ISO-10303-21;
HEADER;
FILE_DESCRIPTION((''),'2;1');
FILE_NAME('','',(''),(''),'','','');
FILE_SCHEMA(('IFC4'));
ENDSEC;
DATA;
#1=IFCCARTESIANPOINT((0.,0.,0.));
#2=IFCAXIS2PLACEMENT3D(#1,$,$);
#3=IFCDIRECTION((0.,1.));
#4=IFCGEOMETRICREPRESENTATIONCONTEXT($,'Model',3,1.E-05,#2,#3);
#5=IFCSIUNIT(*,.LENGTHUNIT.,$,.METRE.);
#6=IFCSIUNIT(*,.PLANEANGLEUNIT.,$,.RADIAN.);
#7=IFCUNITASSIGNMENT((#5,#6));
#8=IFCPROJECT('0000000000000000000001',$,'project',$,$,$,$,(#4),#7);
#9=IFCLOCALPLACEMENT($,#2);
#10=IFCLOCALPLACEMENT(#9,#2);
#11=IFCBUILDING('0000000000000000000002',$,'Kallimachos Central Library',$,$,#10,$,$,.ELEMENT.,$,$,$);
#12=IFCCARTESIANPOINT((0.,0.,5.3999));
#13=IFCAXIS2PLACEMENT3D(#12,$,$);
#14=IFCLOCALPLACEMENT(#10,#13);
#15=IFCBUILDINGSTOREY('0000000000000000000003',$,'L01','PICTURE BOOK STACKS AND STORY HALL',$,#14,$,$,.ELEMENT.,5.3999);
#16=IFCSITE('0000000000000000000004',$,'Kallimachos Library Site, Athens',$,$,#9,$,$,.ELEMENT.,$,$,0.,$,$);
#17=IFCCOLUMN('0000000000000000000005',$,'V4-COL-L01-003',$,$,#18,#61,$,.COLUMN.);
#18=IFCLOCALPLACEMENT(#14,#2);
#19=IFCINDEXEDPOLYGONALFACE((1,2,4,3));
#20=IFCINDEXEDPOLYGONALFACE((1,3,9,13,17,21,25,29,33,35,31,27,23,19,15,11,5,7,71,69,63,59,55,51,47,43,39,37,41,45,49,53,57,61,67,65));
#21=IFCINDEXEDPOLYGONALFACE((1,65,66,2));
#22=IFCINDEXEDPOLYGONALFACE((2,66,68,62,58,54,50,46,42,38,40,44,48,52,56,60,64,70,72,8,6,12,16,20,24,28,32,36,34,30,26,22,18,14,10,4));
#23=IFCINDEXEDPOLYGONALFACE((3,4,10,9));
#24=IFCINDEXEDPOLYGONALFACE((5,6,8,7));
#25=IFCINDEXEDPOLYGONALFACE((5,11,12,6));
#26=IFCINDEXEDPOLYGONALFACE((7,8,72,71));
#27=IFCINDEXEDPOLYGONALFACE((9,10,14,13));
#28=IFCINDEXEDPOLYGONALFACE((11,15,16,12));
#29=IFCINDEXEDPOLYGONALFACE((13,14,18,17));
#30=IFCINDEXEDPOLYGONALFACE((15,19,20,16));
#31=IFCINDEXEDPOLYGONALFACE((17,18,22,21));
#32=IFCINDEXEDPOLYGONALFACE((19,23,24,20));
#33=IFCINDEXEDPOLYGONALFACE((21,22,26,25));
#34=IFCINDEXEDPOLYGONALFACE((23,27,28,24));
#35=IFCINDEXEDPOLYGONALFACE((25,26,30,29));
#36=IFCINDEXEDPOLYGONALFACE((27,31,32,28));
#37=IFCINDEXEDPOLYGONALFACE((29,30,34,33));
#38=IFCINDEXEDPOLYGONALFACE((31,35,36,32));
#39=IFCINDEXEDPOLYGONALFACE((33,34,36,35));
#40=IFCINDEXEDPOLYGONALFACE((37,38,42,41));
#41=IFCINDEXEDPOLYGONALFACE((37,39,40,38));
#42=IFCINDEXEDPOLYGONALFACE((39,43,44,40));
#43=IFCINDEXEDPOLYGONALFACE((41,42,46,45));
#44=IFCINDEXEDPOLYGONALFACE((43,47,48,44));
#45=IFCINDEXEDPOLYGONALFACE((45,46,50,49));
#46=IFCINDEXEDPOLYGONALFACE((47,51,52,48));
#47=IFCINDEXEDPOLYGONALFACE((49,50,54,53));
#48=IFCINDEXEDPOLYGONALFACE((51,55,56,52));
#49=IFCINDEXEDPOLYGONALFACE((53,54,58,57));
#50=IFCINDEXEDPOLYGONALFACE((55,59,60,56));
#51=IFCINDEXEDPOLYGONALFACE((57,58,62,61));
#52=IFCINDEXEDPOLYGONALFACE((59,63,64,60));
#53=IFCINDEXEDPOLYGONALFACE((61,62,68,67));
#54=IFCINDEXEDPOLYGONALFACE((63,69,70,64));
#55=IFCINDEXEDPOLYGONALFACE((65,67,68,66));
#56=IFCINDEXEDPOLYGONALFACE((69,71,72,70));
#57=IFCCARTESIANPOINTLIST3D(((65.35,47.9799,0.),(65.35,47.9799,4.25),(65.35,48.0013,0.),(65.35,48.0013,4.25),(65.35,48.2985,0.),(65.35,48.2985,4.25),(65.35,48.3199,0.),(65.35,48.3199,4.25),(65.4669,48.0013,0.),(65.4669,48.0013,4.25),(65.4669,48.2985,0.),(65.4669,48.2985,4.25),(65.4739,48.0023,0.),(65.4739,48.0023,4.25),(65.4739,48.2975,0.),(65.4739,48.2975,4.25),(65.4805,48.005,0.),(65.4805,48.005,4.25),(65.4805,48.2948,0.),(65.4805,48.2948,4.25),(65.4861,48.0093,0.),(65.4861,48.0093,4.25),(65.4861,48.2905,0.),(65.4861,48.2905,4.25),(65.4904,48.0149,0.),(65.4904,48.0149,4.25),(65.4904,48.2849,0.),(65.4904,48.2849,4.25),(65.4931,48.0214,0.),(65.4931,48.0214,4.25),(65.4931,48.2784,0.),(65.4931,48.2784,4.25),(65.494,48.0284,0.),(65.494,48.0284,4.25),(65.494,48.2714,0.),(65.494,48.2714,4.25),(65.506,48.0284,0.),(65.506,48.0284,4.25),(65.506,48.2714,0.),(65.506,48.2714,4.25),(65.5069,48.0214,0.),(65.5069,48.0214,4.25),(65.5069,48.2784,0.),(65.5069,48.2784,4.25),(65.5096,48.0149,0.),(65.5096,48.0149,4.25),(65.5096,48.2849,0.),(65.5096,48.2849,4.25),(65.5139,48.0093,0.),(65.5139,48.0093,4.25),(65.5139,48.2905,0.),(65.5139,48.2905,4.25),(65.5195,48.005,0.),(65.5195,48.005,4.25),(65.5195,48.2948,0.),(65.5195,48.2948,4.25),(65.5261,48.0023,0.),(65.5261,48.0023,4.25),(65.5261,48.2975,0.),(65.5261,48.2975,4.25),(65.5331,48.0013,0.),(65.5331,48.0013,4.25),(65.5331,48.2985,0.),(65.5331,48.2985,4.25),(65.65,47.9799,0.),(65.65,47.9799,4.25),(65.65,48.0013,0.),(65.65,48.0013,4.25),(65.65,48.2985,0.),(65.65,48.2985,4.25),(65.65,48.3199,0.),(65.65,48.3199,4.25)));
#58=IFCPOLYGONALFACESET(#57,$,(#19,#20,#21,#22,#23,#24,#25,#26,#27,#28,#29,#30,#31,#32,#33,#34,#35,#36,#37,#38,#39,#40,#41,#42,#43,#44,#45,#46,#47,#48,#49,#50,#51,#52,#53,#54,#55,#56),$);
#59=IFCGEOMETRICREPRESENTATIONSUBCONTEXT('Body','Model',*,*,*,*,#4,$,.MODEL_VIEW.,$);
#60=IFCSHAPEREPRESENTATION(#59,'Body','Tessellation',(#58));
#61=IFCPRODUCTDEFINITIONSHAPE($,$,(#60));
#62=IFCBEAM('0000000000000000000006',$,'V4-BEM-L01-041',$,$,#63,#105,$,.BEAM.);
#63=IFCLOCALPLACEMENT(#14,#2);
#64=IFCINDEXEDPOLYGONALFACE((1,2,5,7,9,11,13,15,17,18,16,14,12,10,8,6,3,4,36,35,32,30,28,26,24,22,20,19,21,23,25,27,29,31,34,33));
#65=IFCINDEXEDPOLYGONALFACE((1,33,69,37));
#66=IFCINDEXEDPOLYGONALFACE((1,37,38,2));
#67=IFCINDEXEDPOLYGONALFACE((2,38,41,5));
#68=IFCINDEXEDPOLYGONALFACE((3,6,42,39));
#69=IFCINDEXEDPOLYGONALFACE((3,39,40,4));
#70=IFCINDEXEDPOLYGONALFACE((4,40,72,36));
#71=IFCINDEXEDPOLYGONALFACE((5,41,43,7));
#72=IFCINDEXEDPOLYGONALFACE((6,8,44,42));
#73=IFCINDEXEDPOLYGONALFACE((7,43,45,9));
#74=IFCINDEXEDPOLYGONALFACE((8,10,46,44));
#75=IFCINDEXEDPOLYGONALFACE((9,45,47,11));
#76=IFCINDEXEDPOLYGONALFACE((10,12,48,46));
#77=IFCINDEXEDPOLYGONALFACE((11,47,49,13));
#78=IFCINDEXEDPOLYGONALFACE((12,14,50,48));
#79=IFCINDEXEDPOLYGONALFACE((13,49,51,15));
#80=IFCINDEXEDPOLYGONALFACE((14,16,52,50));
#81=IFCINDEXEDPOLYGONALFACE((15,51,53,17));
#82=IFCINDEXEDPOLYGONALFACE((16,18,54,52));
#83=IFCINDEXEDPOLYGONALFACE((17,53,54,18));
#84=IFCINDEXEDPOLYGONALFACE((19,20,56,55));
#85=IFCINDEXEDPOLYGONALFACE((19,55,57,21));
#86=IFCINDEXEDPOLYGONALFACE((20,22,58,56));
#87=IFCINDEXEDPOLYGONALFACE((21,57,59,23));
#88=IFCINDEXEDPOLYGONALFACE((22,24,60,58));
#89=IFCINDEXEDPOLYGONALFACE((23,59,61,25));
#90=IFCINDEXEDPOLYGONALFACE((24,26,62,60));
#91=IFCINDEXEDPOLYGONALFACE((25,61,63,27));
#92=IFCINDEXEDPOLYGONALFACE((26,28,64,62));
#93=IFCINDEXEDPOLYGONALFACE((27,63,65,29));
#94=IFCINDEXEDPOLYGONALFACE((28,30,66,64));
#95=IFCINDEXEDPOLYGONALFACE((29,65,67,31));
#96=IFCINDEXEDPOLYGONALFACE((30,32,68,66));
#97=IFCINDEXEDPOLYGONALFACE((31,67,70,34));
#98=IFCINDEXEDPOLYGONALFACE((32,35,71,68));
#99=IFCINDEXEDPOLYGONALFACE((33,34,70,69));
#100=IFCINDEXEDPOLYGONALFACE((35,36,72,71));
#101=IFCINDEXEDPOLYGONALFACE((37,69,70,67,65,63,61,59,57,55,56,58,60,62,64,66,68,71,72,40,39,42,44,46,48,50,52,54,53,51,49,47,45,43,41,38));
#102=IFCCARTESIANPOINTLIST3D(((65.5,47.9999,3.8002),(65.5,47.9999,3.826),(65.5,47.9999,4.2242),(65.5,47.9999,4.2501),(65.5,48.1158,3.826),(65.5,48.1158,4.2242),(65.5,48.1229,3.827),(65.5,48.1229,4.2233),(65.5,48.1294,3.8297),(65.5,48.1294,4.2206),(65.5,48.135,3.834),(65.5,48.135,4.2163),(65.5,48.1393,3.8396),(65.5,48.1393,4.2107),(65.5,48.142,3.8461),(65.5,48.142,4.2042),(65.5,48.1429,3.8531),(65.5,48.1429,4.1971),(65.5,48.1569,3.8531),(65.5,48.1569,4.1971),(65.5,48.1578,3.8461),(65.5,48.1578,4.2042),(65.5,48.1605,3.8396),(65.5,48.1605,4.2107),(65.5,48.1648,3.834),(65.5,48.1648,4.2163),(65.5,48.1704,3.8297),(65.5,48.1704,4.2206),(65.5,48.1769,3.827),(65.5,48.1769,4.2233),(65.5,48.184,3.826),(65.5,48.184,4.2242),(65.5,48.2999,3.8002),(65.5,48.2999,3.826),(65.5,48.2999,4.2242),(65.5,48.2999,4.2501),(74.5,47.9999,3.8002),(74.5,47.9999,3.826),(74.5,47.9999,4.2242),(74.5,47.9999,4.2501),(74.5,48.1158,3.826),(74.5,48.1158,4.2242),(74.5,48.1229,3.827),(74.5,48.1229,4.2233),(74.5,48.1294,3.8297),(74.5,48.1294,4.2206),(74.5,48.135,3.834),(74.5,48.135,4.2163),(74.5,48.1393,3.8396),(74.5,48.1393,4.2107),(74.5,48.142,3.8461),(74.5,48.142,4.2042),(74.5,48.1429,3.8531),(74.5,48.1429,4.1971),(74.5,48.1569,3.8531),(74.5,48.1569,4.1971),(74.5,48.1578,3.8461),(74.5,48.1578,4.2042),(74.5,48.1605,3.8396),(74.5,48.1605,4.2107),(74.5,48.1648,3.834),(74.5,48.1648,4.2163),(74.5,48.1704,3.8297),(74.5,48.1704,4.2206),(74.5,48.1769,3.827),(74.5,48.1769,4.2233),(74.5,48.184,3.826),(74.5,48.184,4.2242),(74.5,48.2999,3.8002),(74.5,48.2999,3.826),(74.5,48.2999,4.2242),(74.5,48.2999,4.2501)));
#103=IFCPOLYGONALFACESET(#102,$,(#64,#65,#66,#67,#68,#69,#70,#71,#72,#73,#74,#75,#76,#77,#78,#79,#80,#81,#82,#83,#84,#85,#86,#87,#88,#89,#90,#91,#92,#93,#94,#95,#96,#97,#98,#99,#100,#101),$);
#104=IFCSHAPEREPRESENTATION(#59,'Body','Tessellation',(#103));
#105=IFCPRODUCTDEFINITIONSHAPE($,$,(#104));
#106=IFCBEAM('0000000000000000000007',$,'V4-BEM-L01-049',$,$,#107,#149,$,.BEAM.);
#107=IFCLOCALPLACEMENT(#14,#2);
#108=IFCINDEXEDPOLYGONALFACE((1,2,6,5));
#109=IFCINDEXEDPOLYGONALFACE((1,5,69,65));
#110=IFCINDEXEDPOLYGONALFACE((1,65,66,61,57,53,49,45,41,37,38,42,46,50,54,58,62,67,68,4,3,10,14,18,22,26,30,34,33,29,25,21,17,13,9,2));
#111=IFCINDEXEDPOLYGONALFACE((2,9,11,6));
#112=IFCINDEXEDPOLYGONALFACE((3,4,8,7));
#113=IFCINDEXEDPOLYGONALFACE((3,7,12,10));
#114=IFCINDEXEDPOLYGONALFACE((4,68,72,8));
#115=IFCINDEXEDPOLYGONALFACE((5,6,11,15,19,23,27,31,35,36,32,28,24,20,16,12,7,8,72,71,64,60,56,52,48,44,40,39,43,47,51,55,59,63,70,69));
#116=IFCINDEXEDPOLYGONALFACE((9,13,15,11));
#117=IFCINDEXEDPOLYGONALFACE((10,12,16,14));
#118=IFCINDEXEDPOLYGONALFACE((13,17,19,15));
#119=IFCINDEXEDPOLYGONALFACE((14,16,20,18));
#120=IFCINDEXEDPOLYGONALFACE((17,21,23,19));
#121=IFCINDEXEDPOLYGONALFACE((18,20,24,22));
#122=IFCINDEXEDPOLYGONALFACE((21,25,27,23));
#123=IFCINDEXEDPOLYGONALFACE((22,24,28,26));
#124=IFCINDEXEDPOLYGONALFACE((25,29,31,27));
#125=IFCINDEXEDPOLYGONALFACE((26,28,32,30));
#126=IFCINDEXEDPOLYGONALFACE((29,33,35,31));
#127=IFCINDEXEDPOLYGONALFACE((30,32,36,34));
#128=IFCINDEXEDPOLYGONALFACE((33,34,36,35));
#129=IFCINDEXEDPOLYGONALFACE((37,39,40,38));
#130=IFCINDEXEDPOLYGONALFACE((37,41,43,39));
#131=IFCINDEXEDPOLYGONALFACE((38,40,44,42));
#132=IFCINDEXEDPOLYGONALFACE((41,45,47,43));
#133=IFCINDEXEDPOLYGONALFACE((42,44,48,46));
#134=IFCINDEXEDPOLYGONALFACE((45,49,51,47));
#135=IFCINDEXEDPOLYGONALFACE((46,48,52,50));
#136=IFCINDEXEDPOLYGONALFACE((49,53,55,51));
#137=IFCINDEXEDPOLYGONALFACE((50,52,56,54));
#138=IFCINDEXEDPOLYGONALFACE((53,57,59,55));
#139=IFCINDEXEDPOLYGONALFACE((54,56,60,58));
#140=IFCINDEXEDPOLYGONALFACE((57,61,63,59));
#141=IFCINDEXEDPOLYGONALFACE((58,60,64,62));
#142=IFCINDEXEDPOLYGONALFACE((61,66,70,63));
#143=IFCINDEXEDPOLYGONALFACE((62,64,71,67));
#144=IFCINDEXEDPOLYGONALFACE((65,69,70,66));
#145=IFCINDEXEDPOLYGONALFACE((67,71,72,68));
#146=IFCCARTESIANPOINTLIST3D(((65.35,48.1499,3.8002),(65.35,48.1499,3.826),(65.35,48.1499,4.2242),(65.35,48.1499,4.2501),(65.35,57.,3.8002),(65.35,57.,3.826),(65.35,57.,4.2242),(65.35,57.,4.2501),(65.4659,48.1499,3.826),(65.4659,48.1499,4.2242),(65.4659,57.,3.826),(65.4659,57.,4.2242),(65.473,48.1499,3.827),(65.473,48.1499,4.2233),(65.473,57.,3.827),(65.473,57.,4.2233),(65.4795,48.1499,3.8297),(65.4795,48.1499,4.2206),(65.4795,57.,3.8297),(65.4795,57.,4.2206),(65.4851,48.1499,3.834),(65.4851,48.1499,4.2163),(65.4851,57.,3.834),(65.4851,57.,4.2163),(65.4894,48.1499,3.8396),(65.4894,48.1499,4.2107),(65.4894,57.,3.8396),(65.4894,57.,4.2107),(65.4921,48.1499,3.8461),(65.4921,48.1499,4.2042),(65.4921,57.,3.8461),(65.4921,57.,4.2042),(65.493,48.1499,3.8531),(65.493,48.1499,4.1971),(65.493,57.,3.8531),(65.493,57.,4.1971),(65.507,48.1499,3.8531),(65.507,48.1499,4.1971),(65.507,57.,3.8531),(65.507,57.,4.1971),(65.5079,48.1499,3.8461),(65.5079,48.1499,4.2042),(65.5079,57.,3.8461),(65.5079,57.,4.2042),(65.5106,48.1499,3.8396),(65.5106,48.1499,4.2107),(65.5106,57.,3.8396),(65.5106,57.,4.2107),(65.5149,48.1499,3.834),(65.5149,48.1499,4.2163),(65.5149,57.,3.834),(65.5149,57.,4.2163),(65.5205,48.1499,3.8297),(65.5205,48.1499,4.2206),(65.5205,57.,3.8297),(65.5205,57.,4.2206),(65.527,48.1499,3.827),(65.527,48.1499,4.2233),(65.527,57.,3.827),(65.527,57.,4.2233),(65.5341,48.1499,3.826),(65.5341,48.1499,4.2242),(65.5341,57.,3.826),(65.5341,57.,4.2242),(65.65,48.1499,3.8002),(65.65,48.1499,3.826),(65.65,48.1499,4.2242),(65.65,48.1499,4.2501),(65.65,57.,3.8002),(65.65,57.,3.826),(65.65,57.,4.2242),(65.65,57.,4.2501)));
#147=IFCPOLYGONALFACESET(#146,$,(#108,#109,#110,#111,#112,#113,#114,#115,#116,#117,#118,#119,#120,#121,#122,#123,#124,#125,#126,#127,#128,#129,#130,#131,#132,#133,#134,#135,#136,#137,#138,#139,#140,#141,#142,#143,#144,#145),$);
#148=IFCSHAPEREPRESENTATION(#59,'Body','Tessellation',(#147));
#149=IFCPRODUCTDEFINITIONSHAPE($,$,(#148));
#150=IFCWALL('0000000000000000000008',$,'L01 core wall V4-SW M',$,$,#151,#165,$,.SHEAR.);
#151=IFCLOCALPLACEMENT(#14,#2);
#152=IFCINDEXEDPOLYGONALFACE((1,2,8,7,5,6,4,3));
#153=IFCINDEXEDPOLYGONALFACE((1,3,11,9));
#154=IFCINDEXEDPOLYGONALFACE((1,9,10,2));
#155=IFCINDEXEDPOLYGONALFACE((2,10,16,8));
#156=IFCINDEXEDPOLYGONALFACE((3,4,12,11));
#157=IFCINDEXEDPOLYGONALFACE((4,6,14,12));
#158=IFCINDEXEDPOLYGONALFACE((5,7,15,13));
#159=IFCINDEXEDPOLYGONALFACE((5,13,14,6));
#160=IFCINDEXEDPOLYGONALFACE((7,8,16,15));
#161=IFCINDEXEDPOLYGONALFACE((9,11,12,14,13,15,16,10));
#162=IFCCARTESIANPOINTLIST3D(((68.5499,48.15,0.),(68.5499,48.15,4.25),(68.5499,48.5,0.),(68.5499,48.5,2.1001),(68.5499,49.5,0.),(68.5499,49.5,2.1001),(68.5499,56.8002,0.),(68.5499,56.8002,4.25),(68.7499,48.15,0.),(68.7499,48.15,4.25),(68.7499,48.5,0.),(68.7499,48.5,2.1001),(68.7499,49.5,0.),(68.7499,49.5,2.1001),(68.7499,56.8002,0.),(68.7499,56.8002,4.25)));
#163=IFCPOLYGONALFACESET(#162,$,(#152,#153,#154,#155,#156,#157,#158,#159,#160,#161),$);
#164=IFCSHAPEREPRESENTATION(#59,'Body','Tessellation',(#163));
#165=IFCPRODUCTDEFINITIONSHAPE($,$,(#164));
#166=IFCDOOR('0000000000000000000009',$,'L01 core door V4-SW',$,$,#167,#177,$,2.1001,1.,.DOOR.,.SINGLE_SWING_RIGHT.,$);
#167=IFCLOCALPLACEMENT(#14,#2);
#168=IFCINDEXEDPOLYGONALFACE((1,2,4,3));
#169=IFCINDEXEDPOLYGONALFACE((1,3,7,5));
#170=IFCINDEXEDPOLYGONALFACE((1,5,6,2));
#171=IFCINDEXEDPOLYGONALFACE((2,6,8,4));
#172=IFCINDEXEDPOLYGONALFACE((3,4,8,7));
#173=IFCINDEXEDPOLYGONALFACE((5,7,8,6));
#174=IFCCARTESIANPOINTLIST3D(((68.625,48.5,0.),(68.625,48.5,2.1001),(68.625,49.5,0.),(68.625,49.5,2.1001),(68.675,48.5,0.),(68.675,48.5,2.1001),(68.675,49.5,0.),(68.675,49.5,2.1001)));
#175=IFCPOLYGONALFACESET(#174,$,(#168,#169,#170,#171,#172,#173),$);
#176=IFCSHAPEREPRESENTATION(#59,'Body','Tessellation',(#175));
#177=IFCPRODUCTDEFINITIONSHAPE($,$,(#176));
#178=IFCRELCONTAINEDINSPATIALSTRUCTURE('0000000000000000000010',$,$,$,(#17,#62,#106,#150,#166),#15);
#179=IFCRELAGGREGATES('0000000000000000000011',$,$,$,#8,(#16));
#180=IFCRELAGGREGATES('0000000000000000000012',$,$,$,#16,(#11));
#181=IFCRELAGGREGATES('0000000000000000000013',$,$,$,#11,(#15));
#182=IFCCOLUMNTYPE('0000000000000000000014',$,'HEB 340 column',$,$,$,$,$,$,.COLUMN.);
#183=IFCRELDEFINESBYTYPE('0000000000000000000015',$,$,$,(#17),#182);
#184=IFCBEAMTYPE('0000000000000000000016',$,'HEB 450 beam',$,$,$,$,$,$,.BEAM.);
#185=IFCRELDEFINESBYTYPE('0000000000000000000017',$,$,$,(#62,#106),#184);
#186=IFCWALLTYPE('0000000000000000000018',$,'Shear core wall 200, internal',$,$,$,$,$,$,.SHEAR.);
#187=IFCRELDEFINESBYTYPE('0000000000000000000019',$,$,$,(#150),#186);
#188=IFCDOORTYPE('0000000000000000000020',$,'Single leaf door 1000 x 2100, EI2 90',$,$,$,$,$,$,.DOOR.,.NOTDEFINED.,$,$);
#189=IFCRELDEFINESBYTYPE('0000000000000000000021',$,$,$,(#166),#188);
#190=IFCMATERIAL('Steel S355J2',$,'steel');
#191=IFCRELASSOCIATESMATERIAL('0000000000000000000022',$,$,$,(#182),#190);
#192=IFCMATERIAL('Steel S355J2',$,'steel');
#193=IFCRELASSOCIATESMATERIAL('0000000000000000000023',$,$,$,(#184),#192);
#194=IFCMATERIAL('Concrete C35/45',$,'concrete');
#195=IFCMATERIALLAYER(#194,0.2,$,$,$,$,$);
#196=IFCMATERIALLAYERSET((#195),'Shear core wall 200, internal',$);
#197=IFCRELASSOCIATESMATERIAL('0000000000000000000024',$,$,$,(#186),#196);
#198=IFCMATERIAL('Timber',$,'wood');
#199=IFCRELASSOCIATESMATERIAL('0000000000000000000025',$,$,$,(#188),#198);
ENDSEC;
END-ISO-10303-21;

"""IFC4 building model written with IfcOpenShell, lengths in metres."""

from ifc_helpers import new_model, si_unit, direction, frame, frame_2d, origin, origin_2d, place, context, subcontext, project, spatial, rectangle, i_section, extrude, material, layer, layer_set, material_profile, profile_set, type_object, element, fill, save


model = new_model("IFC4")

# Units and contexts
model_context = context("Model", 3, precision=1e-05, world=origin(), true_north=direction((0.0, 1.0)))
body_context = subcontext(model_context, "Body", "Model", "MODEL_VIEW")
ifc_project = project(units=[si_unit("LENGTHUNIT", "METRE"), si_unit("PLANEANGLEUNIT", "RADIAN")], contexts=[model_context])

# Site, building, storey
site_placement = place(None, origin())
site = spatial("IfcSite", under=ifc_project, at=site_placement, Name="Kallimachos Library Site, Athens", CompositionType="ELEMENT", RefElevation=0.0)
building_placement = place(site_placement, origin())
building = spatial("IfcBuilding", under=site, at=building_placement, Name="Kallimachos Central Library", CompositionType="ELEMENT")
storey_placement = place(building_placement, frame((0.0, 0.0, 5.3999)))
storey = spatial("IfcBuildingStorey", under=building, at=storey_placement, Name="L01", Description="PICTURE BOOK STACKS AND STORY HALL", CompositionType="ELEMENT", Elevation=5.3999)

# Column
ifc_material_1 = material(Name="Steel S355J2", Category="steel")
ifc_material_profile_1 = material_profile(ifc_material_1, i_section(OverallWidth=0.3, OverallDepth=0.3401, WebThickness=0.012, FlangeThickness=0.0215, FilletRadius=0.0271, at=origin_2d()), Name="HEB 340")
ifc_profile_set_1 = profile_set([ifc_material_profile_1], Name="Steel S355J2")
column_type = type_object("IfcColumnType", Name="HEB 340 column", PredefinedType="COLUMN", material=ifc_profile_set_1)
column_placement = place(storey_placement, frame((65.5, 48.1499, 0.0), z_axis=(0.0, 0.0, 1.0), x_axis=(1.0, 0.0, 0.0)))
element("IfcColumn", 1, at=column_placement, inside=storey, type_object=column_type, Name="V4-COL-L01-003", PredefinedType="COLUMN", context=body_context, shape_type="SweptSolid", body=[
    extrude(i_section(OverallWidth=0.3, OverallDepth=0.3401, WebThickness=0.012, FlangeThickness=0.0215, FilletRadius=0.0271, at=origin_2d()), origin(), (0.0, 0.0, 1.0), 4.25),
])

# Beams
ifc_material_2 = material(Name="Steel S355J2", Category="steel")
ifc_material_profile_2 = material_profile(ifc_material_2, i_section(OverallWidth=0.3, OverallDepth=0.45, WebThickness=0.0139, FlangeThickness=0.0259, FilletRadius=0.0271, at=origin_2d()), Name="HEB 450")
ifc_profile_set_2 = profile_set([ifc_material_profile_2], Name="Steel S355J2")
beam_type = type_object("IfcBeamType", Name="HEB 450 beam", PredefinedType="BEAM", material=ifc_profile_set_2)
beam_1_placement = place(storey_placement, frame((65.5, 48.1499, 4.0251), z_axis=(1.0, 0.0, 0.0), x_axis=(0.0, 1.0, 0.0)))
element("IfcBeam", 2, at=beam_1_placement, inside=storey, type_object=beam_type, Name="V4-BEM-L01-041", PredefinedType="BEAM", context=body_context, shape_type="SweptSolid", body=[
    extrude(i_section(OverallWidth=0.3, OverallDepth=0.45, WebThickness=0.0139, FlangeThickness=0.0259, FilletRadius=0.0271, at=origin_2d()), origin(), (0.0, 0.0, 1.0), 9.0),
])
beam_2_placement = place(storey_placement, frame((65.5, 48.1499, 4.0251), z_axis=(0.0, 1.0, 0.0), x_axis=(-1.0, 0.0, 0.0)))
element("IfcBeam", 3, at=beam_2_placement, inside=storey, type_object=beam_type, Name="V4-BEM-L01-049", PredefinedType="BEAM", context=body_context, shape_type="SweptSolid", body=[
    extrude(i_section(OverallWidth=0.3, OverallDepth=0.45, WebThickness=0.0139, FlangeThickness=0.0259, FilletRadius=0.0271, at=origin_2d()), origin(), (0.0, 0.0, 1.0), 8.8501),
])

# Wall, opening, door
ifc_material_3 = material(Name="Concrete C35/45", Category="concrete")
ifc_layer_1 = layer(ifc_material_3, 0.2)
ifc_layer_set_1 = layer_set([ifc_layer_1], Name="Shear core wall 200, internal")
wall_type_1 = type_object("IfcWallType", Name="Shear core wall 200, internal", PredefinedType="SHEAR", material=ifc_layer_set_1)
wall_1_placement = place(storey_placement, frame((68.6499, 48.1499, 0.0), z_axis=(0.0, 0.0, 1.0), x_axis=(0.0, 1.0, 0.0)))
wall_1 = element("IfcWall", 4, at=wall_1_placement, inside=storey, type_object=wall_type_1, Name="L01 core wall V4-SW M", PredefinedType="SHEAR", context=body_context, shape_type="SweptSolid", body=[
    extrude(rectangle(XDim=8.6501, YDim=0.2, at=frame_2d((4.3252, 0.0))), origin(), (0.0, 0.0, 1.0), 4.25),
])
opening_1_placement = place(wall_1_placement, frame((0.3501, 0.0, 0.0)))
opening_1 = element("IfcOpeningElement", 5, at=opening_1_placement, cuts=wall_1, PredefinedType="OPENING", context=body_context, shape_type="SweptSolid", body=[
    extrude(rectangle(XDim=1.0, YDim=2.1001, at=frame_2d((0.5, 1.05))), frame((0.0, 0.1099, 0.0), z_axis=(0.0, -1.0, 0.0), x_axis=(1.0, 0.0, 0.0)), (0.0, 0.0, 1.0), 0.22),
])
ifc_material_4 = material(Name="Timber", Category="wood")
door_type = type_object("IfcDoorType", Name="Single leaf door 1000 x 2100, EI2 90", OperationType="NOTDEFINED", PredefinedType="DOOR", material=ifc_material_4)
door_placement = place(opening_1_placement, origin())
door = element("IfcDoor", 6, at=door_placement, inside=storey, type_object=door_type, Name="L01 core door V4-SW", OperationType="SINGLE_SWING_RIGHT", OverallHeight=2.1001, OverallWidth=1.0, PredefinedType="DOOR", context=body_context, shape_type="SweptSolid", body=[
    extrude(rectangle(XDim=1.0, YDim=2.1001, at=frame_2d((0.5, 1.05))), frame((0.0, 0.0249, 0.0), z_axis=(0.0, -1.0, 0.0), x_axis=(1.0, 0.0, 0.0)), (0.0, 0.0, 1.0), 0.05),
])
fill(opening_1, door)

save(model, "model.ifc")
